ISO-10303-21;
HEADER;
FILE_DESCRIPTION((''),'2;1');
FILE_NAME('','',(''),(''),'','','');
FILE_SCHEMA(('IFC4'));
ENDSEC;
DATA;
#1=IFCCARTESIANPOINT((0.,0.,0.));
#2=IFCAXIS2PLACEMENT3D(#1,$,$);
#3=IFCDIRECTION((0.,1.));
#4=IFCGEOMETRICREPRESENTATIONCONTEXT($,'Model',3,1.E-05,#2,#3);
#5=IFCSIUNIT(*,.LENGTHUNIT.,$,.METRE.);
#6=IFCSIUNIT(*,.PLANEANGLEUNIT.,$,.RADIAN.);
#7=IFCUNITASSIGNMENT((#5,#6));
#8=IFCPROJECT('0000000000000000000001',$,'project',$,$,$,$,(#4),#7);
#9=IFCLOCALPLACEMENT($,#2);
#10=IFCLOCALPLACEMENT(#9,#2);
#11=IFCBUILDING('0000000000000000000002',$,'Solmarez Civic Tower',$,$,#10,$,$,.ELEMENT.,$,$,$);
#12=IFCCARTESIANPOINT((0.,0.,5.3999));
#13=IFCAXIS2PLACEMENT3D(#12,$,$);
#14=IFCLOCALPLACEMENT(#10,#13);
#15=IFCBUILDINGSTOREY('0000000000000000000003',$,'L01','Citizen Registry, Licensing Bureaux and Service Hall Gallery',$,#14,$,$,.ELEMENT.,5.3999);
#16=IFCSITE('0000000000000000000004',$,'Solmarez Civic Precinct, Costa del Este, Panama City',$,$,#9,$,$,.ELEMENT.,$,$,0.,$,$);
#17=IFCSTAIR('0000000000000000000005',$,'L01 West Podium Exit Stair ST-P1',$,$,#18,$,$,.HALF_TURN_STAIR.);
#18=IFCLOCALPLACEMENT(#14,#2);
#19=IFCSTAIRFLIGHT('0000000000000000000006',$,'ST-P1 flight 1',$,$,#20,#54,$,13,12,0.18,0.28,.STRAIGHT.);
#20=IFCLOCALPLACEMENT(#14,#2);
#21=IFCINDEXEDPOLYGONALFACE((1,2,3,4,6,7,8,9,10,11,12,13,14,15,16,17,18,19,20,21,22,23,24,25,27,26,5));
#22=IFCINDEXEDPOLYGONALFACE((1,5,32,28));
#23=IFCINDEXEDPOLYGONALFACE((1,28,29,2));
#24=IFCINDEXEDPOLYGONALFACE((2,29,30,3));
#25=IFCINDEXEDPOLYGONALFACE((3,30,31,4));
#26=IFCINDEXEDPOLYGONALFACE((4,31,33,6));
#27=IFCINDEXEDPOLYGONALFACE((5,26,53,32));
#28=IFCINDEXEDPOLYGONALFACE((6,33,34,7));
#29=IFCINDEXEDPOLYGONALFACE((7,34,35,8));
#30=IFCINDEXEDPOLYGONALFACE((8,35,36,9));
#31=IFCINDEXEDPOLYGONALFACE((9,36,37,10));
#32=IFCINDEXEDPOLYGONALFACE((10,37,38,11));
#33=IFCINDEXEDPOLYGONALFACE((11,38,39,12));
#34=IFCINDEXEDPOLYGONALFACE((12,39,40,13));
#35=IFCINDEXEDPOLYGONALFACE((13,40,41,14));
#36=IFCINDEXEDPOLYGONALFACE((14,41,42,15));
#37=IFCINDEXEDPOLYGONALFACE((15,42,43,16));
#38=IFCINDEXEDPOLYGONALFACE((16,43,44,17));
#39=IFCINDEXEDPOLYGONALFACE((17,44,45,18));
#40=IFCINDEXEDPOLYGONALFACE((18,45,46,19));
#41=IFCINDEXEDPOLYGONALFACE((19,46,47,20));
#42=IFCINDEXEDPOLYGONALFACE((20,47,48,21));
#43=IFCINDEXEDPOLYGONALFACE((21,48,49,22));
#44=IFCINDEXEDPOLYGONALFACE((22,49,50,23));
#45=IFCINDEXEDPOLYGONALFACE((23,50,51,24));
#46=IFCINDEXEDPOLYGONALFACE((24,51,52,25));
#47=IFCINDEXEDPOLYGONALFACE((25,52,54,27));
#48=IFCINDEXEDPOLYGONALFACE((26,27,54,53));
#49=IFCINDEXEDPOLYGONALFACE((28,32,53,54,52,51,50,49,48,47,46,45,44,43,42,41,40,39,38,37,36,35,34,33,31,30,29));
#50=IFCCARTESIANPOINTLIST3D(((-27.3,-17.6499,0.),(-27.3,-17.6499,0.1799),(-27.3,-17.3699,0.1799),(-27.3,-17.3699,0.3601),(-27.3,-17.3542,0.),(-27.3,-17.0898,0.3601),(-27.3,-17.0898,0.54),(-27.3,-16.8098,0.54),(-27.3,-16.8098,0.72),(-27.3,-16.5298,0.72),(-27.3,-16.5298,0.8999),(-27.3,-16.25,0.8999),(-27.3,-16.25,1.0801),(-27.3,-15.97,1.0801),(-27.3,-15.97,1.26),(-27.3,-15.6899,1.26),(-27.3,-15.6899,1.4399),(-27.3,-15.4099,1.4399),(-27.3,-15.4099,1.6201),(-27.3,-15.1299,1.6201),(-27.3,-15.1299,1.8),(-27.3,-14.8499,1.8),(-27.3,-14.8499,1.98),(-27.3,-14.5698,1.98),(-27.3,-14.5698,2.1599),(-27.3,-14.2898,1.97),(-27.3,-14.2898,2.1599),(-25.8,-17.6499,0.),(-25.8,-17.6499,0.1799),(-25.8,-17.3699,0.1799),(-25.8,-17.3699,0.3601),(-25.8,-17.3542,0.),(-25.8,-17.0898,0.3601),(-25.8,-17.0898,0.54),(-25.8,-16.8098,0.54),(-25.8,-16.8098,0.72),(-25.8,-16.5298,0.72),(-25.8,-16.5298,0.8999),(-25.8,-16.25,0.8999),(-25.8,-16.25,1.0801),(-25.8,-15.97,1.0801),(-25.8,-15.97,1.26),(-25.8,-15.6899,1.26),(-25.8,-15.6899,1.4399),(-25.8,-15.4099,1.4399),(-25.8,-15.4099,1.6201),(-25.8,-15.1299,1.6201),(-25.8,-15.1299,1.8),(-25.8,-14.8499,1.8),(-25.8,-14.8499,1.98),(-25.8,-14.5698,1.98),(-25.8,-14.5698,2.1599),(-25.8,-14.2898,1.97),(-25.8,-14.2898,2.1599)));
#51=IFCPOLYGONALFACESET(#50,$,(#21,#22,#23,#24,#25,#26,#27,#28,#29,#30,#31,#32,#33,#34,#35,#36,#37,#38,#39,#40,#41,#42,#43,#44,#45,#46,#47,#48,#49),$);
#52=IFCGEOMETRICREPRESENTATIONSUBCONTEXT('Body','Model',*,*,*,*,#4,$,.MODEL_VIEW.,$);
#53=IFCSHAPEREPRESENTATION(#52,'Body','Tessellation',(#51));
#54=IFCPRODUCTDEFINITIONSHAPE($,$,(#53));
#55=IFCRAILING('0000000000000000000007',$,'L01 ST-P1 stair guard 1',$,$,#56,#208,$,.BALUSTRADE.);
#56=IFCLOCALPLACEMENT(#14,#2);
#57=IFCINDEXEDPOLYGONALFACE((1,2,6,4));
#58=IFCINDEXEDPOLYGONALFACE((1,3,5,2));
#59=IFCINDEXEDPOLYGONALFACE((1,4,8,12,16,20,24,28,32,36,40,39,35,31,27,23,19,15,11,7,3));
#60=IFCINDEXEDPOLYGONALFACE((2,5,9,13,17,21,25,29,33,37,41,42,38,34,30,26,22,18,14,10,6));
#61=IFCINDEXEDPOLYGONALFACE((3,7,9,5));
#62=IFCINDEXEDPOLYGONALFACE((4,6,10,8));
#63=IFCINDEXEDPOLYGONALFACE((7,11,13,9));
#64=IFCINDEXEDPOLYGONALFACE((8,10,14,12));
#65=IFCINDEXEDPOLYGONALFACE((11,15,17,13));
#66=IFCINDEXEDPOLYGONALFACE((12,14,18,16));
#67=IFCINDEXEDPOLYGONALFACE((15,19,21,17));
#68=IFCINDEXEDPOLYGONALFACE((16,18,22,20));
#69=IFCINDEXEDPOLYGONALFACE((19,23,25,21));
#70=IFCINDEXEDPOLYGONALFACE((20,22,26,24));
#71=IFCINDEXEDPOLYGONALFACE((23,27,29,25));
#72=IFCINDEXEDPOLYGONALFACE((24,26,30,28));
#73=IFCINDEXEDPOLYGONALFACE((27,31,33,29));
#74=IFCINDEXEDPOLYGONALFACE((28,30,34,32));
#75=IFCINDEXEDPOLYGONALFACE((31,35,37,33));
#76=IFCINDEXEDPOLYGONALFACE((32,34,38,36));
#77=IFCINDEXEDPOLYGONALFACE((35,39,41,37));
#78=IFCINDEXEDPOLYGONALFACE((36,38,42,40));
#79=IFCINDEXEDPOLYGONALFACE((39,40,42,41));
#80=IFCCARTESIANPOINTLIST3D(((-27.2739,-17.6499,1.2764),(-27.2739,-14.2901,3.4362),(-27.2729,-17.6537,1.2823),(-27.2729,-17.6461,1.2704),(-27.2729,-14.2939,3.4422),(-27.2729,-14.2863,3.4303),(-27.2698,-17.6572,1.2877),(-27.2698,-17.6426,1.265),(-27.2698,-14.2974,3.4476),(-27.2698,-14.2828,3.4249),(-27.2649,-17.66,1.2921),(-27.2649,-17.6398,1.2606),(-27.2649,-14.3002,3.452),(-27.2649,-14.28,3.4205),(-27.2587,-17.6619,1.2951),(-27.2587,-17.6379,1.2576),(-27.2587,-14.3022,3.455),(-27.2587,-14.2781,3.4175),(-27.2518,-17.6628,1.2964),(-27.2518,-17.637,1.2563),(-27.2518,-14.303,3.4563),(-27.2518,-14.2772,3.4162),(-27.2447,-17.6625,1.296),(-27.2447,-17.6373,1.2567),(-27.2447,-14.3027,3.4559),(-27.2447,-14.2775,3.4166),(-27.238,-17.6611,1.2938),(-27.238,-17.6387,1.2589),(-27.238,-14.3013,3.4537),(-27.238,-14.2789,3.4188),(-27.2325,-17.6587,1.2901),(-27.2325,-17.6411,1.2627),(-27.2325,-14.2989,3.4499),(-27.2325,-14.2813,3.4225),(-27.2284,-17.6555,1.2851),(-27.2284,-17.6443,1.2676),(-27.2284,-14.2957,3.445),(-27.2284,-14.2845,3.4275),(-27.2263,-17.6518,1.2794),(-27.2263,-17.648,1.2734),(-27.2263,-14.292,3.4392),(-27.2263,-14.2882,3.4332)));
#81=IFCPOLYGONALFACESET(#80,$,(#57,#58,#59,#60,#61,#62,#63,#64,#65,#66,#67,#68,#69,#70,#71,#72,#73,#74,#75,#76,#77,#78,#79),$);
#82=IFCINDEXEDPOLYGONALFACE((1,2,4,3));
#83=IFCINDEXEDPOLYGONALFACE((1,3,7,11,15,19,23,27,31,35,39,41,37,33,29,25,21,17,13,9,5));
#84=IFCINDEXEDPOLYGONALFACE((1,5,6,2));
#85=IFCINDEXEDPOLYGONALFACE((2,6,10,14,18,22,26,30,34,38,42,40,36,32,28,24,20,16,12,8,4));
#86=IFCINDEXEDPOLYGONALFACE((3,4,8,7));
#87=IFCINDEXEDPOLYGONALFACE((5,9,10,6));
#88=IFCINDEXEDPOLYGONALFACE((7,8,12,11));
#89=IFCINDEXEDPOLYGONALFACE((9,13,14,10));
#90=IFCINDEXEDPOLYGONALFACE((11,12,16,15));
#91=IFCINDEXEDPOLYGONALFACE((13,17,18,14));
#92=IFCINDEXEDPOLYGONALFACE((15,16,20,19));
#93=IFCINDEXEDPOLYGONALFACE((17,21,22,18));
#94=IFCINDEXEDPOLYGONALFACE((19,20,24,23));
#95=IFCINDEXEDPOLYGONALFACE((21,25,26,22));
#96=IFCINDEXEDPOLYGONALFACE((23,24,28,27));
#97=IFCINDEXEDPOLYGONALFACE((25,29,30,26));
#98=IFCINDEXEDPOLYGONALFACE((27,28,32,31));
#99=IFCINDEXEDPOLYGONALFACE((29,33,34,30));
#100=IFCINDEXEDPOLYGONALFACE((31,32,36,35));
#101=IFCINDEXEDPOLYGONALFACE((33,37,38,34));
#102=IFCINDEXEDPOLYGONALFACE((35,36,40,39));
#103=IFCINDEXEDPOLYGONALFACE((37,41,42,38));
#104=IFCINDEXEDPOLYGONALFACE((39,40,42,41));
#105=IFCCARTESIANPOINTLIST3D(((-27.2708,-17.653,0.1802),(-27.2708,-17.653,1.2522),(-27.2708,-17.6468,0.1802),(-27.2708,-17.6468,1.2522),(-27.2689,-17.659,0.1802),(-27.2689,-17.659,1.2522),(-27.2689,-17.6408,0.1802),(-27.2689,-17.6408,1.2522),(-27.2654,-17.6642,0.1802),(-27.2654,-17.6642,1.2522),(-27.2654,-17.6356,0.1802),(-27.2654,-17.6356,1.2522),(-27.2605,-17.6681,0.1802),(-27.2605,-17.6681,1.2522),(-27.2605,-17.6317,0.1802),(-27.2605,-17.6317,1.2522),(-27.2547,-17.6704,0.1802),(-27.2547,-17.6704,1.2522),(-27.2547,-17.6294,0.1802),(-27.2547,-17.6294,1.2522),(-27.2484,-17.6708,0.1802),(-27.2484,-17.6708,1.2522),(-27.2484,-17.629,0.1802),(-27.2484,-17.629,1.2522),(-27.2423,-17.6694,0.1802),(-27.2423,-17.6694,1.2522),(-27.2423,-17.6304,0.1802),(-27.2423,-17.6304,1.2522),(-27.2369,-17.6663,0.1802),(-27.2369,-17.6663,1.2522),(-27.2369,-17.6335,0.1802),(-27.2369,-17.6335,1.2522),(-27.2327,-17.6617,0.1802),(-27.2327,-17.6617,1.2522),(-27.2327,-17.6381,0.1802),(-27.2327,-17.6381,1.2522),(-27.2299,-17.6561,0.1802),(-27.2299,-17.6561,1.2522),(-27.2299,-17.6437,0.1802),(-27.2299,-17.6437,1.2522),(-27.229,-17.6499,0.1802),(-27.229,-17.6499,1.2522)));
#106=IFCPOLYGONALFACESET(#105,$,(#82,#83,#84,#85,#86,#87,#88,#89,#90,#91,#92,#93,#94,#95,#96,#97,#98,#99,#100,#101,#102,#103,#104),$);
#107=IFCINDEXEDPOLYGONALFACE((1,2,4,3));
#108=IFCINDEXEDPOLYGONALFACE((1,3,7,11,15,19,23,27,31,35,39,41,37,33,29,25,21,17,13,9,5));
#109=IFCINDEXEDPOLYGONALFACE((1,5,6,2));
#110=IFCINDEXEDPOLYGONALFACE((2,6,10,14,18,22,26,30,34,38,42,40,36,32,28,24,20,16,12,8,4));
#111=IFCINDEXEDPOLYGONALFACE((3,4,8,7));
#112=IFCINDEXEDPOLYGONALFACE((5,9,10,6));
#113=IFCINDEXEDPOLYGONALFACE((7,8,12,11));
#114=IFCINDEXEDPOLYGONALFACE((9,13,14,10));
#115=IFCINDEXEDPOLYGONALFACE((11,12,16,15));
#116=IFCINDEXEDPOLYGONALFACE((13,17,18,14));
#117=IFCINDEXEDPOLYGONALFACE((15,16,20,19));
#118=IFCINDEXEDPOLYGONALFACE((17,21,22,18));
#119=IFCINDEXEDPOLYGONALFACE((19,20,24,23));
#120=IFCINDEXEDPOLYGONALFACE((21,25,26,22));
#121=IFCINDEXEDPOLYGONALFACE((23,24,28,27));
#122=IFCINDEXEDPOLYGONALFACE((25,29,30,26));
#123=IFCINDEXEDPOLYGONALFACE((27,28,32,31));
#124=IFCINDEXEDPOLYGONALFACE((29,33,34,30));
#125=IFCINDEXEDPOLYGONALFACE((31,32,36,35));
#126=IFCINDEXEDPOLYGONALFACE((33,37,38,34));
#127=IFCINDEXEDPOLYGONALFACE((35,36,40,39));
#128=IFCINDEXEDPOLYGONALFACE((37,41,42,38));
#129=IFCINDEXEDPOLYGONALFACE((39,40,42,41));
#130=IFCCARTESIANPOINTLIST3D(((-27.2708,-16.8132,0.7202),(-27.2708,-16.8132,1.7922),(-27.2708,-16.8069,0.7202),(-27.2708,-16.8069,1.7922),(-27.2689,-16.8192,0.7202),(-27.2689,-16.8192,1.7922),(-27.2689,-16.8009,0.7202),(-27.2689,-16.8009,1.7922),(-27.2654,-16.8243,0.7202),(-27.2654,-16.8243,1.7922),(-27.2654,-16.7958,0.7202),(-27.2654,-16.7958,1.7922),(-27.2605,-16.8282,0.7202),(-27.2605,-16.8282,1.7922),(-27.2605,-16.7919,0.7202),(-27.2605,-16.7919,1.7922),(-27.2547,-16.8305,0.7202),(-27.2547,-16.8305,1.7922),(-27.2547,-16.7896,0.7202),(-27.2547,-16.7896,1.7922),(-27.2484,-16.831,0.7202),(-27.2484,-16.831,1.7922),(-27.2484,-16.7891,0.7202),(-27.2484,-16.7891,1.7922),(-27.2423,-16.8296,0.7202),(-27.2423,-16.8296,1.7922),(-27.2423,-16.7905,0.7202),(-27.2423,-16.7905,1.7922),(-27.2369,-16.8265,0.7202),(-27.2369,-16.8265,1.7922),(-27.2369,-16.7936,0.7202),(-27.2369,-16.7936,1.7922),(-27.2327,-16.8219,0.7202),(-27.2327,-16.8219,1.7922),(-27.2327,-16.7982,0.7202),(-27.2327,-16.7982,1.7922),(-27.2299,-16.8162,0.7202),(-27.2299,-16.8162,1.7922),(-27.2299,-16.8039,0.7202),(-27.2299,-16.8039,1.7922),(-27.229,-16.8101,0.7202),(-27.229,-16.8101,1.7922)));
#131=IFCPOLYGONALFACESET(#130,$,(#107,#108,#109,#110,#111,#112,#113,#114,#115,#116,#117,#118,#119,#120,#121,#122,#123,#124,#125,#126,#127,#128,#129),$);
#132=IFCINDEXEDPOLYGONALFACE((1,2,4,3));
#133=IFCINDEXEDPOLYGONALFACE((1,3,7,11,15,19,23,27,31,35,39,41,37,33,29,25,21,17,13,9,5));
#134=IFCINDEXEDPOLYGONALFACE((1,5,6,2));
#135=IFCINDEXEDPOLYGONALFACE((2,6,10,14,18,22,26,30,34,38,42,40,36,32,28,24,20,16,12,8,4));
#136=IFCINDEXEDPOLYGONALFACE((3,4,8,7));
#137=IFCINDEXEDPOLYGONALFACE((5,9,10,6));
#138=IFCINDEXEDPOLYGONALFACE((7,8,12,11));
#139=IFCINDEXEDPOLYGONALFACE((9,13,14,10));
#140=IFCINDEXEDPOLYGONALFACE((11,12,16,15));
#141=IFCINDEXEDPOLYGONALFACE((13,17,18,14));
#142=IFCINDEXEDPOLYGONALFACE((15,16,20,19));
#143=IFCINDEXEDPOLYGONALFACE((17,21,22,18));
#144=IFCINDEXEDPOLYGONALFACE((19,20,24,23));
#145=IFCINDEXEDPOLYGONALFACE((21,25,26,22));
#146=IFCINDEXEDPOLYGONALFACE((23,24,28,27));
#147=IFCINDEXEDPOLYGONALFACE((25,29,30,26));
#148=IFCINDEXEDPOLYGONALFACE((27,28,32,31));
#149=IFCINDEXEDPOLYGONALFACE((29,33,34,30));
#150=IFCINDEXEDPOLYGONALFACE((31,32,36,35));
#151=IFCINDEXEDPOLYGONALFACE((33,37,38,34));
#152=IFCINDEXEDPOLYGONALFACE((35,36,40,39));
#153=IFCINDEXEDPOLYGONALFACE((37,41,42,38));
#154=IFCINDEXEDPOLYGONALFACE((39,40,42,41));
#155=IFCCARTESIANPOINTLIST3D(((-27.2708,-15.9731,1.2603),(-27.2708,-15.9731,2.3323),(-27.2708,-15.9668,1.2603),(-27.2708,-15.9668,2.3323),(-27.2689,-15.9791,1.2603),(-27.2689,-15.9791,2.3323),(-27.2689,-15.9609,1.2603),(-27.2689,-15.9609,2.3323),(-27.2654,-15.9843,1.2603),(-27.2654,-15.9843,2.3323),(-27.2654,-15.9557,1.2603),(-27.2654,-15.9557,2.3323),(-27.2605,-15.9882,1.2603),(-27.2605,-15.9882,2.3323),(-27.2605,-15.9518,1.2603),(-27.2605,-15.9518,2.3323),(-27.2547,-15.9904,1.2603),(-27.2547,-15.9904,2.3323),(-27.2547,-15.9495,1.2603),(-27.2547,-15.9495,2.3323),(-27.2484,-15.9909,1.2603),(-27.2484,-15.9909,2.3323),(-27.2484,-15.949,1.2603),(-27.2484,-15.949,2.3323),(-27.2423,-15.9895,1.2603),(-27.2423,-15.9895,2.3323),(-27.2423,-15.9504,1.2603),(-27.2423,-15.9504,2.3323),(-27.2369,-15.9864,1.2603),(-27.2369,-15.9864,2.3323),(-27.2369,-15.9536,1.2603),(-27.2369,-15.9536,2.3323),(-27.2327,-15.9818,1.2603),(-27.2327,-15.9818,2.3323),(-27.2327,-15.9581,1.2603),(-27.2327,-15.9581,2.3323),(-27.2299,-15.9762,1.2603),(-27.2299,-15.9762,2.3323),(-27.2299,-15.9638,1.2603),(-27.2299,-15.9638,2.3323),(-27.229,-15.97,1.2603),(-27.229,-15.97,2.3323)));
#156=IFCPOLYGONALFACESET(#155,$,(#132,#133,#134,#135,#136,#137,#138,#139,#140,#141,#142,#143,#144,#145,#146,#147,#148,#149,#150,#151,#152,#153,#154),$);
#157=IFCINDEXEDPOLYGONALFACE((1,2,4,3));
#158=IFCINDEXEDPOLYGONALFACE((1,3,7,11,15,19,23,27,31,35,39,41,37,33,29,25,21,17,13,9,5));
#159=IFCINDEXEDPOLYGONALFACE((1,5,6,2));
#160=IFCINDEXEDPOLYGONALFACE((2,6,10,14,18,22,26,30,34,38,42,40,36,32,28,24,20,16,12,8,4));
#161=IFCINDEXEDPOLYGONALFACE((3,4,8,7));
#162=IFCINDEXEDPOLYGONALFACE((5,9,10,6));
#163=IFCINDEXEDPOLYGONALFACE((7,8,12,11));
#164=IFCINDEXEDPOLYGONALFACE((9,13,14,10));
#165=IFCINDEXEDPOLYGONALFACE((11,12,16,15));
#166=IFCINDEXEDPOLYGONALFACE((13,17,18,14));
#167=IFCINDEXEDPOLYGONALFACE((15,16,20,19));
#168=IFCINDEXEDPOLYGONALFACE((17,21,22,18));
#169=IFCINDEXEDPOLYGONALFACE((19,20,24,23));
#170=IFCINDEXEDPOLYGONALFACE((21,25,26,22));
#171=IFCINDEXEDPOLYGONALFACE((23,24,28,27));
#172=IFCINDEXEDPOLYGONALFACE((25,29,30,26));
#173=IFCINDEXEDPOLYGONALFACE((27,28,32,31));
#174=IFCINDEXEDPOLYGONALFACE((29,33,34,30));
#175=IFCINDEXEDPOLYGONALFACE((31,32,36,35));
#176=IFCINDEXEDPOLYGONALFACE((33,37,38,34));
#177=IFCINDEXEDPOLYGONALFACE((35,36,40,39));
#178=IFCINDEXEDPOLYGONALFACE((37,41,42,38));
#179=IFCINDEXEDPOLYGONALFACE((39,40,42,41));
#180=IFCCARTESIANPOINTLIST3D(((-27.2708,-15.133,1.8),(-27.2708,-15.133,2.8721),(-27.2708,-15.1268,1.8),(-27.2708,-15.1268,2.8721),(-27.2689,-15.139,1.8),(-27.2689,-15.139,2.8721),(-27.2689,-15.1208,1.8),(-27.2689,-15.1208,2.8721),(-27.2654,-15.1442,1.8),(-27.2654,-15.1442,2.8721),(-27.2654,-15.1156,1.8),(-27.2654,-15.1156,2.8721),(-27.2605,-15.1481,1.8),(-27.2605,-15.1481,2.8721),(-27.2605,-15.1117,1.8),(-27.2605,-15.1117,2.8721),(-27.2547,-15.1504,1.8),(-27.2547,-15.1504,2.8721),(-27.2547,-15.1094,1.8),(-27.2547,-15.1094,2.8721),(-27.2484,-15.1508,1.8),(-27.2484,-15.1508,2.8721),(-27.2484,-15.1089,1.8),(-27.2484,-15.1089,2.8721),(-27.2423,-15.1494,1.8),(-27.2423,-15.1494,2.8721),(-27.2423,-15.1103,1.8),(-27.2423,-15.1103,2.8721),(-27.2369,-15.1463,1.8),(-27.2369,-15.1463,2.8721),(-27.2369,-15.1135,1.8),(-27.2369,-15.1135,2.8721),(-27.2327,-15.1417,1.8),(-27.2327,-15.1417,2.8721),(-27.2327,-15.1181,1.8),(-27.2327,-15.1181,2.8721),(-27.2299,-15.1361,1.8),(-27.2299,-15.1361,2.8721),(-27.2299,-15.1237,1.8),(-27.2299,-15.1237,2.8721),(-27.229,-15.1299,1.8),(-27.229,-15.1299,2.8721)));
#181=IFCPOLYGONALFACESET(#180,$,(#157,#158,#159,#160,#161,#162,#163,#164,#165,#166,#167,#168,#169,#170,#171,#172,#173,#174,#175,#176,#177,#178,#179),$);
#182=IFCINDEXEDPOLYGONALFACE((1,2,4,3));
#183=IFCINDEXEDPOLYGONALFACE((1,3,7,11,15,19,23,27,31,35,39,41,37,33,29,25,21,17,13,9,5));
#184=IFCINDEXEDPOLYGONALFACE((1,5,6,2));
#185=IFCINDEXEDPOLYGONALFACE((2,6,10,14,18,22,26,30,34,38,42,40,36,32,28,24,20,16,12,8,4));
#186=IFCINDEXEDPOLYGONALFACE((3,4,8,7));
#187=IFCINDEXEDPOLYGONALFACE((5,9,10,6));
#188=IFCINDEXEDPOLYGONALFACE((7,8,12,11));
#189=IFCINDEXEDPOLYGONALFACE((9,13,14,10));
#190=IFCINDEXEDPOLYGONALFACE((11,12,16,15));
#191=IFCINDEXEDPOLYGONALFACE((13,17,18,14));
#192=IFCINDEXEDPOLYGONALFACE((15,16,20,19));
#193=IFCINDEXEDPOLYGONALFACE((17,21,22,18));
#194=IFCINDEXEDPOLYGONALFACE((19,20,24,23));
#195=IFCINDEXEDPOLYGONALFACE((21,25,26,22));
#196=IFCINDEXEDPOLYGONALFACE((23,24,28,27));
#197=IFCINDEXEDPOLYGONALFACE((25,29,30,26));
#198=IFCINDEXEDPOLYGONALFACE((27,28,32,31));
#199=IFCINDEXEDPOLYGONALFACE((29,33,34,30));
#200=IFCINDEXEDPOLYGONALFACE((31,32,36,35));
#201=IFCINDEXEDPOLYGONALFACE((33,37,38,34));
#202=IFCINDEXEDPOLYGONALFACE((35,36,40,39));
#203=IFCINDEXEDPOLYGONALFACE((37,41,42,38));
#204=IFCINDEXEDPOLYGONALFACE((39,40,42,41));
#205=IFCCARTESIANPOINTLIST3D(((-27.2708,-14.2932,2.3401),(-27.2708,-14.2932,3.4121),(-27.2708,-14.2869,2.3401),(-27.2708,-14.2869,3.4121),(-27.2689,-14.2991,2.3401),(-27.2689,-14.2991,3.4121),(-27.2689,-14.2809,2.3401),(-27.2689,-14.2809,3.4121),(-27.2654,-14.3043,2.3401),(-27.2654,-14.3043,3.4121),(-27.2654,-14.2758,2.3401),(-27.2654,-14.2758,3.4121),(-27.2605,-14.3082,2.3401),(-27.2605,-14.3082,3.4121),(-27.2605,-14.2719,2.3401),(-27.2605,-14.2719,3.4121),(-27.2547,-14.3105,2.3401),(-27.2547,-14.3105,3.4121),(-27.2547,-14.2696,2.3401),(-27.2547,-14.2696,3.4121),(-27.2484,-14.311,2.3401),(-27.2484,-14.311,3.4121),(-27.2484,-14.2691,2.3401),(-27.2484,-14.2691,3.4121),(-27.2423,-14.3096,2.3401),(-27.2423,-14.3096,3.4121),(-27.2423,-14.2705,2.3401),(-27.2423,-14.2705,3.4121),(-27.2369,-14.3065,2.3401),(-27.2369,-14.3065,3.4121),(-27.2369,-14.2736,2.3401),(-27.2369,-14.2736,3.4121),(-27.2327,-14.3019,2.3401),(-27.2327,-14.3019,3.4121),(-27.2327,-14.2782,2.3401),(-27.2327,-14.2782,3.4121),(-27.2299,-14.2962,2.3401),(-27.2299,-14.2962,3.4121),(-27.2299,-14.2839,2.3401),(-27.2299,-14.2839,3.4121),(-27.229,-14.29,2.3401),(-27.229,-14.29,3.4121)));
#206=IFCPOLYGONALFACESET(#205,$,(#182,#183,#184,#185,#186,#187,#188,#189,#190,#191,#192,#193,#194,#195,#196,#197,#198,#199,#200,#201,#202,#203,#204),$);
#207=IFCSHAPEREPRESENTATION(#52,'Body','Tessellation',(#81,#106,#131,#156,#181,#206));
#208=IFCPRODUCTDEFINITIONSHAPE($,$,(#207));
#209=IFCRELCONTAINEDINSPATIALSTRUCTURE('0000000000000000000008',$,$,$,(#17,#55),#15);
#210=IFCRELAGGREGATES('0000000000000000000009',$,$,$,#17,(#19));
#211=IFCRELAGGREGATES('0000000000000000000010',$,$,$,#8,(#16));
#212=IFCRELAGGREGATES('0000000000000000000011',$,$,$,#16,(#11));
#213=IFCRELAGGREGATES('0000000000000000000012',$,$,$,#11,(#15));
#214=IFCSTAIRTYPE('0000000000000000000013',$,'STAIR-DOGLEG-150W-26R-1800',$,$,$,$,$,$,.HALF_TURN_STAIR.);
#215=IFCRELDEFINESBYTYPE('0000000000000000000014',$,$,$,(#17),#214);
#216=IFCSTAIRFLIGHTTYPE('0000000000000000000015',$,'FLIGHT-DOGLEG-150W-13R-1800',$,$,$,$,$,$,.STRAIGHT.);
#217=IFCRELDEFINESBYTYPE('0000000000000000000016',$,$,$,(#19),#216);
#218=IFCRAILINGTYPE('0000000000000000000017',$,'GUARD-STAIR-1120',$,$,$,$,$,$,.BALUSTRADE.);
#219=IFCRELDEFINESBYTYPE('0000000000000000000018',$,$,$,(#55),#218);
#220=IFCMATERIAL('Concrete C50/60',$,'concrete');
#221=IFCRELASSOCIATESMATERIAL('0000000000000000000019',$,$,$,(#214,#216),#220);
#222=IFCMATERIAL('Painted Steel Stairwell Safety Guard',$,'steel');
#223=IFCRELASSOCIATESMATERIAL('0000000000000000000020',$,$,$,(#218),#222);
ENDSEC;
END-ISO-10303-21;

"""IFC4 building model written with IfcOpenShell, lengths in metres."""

from ifc_helpers import new_model, si_unit, direction, frame, origin, origin_2d, place, context, subcontext, project, spatial, polyline, circle, outline, extrude, material, type_object, element, aggregate, save


model = new_model("IFC4")

# Units and contexts
model_context = context("Model", 3, precision=1e-05, world=origin(), true_north=direction((0.0, 1.0)))
body_context = subcontext(model_context, "Body", "Model", "MODEL_VIEW")
ifc_project = project(units=[si_unit("LENGTHUNIT", "METRE"), si_unit("PLANEANGLEUNIT", "RADIAN")], contexts=[model_context])

# Site, building, storey
site_placement = place(None, origin())
site = spatial("IfcSite", under=ifc_project, at=site_placement, Name="Solmarez Civic Precinct, Costa del Este, Panama City", CompositionType="ELEMENT", RefElevation=0.0)
building_placement = place(site_placement, origin())
building = spatial("IfcBuilding", under=site, at=building_placement, Name="Solmarez Civic Tower", CompositionType="ELEMENT")
storey_placement = place(building_placement, frame((0.0, 0.0, 5.3999)))
storey = spatial("IfcBuildingStorey", under=building, at=storey_placement, Name="L01", Description="Citizen Registry, Licensing Bureaux and Service Hall Gallery", CompositionType="ELEMENT", Elevation=5.3999)

# Shared definitions
ifc_material_1 = material(Name="Concrete C50/60", Category="concrete")

# Stair, stair flight
stair_type = type_object("IfcStairType", Name="STAIR-DOGLEG-150W-26R-1800", PredefinedType="HALF_TURN_STAIR", material=ifc_material_1)
stair_placement = place(storey_placement, origin())
stair = element("IfcStair", 1, at=stair_placement, inside=storey, type_object=stair_type, Name="L01 West Podium Exit Stair ST-P1", PredefinedType="HALF_TURN_STAIR")
stair_flight_type = type_object("IfcStairFlightType", Name="FLIGHT-DOGLEG-150W-13R-1800", PredefinedType="STRAIGHT", material=ifc_material_1)
stair_flight_placement = place(storey_placement, frame((-26.55, -17.6499, 0.0), z_axis=(0.0, 0.0, 1.0), x_axis=(0.0, 1.0, 0.0)))
stair_flight = element("IfcStairFlight", 2, at=stair_flight_placement, type_object=stair_flight_type, Name="ST-P1 flight 1", NumberOfRisers=13, NumberOfTreads=12, PredefinedType="STRAIGHT", RiserHeight=0.18, TreadLength=0.28, context=body_context, shape_type="SweptSolid", body=[
    extrude(outline(polyline([(0.0, 0.0), (0.0, 0.1799), (0.28, 0.1799), (0.28, 0.3601), (0.5601, 0.3601), (0.5601, 0.54), (0.8401, 0.54), (0.8401, 0.72), (1.1201, 0.72), (1.1201, 0.8999), (1.3999, 0.8999), (1.3999, 1.0801), (1.6799, 1.0801), (1.6799, 1.26), (1.96, 1.26), (1.96, 1.4399), (2.24, 1.4399), (2.24, 1.6201), (2.52, 1.6201), (2.52, 1.8), (2.8, 1.8), (2.8, 1.98), (3.0801, 1.98), (3.0801, 2.1599), (3.3601, 2.1599), (3.3601, 2.3401), (3.3601, 1.97), (0.2957, 0.0), (0.0, 0.0)])), frame((0.0, 0.75, 0.0), z_axis=(0.0, -1.0, 0.0), x_axis=(1.0, 0.0, 0.0)), (0.0, 0.0, 1.0), 1.5),
])
aggregate(stair, [stair_flight])

# Railing
ifc_material_2 = material(Name="Painted Steel Stairwell Safety Guard", Category="steel")
railing_type_1 = type_object("IfcRailingType", Name="GUARD-STAIR-1120", PredefinedType="BALUSTRADE", material=ifc_material_2)
railing_1_placement = place(storey_placement, frame((-27.25, -17.6499, 0.1802)))
element("IfcRailing", 3, at=railing_1_placement, inside=storey, type_object=railing_type_1, Name="L01 ST-P1 stair guard 1", PredefinedType="BALUSTRADE", context=body_context, shape_type="SweptSolid", body=[
    extrude(circle(Radius=0.0239, at=origin_2d()), frame((0.0, 0.0, 1.0962), z_axis=(0.0, 0.841178, 0.540758), x_axis=(-1.0, 0.0, 0.0)), (0.0, 0.0, 1.0), 3.9941),
    extrude(circle(Radius=0.021, at=origin_2d()), origin(), (0.0, 0.0, 1.0), 1.072),
    extrude(circle(Radius=0.021, at=origin_2d()), frame((0.0, 0.8398, 0.54)), (0.0, 0.0, 1.0), 1.072),
    extrude(circle(Radius=0.021, at=origin_2d()), frame((0.0, 1.6799, 1.0801)), (0.0, 0.0, 1.0), 1.072),
    extrude(circle(Radius=0.021, at=origin_2d()), frame((0.0, 2.52, 1.6199)), (0.0, 0.0, 1.0), 1.072),
    extrude(circle(Radius=0.021, at=origin_2d()), frame((0.0, 3.3599, 2.1599)), (0.0, 0.0, 1.0), 1.072),
])

save(model, "model.ifc")
